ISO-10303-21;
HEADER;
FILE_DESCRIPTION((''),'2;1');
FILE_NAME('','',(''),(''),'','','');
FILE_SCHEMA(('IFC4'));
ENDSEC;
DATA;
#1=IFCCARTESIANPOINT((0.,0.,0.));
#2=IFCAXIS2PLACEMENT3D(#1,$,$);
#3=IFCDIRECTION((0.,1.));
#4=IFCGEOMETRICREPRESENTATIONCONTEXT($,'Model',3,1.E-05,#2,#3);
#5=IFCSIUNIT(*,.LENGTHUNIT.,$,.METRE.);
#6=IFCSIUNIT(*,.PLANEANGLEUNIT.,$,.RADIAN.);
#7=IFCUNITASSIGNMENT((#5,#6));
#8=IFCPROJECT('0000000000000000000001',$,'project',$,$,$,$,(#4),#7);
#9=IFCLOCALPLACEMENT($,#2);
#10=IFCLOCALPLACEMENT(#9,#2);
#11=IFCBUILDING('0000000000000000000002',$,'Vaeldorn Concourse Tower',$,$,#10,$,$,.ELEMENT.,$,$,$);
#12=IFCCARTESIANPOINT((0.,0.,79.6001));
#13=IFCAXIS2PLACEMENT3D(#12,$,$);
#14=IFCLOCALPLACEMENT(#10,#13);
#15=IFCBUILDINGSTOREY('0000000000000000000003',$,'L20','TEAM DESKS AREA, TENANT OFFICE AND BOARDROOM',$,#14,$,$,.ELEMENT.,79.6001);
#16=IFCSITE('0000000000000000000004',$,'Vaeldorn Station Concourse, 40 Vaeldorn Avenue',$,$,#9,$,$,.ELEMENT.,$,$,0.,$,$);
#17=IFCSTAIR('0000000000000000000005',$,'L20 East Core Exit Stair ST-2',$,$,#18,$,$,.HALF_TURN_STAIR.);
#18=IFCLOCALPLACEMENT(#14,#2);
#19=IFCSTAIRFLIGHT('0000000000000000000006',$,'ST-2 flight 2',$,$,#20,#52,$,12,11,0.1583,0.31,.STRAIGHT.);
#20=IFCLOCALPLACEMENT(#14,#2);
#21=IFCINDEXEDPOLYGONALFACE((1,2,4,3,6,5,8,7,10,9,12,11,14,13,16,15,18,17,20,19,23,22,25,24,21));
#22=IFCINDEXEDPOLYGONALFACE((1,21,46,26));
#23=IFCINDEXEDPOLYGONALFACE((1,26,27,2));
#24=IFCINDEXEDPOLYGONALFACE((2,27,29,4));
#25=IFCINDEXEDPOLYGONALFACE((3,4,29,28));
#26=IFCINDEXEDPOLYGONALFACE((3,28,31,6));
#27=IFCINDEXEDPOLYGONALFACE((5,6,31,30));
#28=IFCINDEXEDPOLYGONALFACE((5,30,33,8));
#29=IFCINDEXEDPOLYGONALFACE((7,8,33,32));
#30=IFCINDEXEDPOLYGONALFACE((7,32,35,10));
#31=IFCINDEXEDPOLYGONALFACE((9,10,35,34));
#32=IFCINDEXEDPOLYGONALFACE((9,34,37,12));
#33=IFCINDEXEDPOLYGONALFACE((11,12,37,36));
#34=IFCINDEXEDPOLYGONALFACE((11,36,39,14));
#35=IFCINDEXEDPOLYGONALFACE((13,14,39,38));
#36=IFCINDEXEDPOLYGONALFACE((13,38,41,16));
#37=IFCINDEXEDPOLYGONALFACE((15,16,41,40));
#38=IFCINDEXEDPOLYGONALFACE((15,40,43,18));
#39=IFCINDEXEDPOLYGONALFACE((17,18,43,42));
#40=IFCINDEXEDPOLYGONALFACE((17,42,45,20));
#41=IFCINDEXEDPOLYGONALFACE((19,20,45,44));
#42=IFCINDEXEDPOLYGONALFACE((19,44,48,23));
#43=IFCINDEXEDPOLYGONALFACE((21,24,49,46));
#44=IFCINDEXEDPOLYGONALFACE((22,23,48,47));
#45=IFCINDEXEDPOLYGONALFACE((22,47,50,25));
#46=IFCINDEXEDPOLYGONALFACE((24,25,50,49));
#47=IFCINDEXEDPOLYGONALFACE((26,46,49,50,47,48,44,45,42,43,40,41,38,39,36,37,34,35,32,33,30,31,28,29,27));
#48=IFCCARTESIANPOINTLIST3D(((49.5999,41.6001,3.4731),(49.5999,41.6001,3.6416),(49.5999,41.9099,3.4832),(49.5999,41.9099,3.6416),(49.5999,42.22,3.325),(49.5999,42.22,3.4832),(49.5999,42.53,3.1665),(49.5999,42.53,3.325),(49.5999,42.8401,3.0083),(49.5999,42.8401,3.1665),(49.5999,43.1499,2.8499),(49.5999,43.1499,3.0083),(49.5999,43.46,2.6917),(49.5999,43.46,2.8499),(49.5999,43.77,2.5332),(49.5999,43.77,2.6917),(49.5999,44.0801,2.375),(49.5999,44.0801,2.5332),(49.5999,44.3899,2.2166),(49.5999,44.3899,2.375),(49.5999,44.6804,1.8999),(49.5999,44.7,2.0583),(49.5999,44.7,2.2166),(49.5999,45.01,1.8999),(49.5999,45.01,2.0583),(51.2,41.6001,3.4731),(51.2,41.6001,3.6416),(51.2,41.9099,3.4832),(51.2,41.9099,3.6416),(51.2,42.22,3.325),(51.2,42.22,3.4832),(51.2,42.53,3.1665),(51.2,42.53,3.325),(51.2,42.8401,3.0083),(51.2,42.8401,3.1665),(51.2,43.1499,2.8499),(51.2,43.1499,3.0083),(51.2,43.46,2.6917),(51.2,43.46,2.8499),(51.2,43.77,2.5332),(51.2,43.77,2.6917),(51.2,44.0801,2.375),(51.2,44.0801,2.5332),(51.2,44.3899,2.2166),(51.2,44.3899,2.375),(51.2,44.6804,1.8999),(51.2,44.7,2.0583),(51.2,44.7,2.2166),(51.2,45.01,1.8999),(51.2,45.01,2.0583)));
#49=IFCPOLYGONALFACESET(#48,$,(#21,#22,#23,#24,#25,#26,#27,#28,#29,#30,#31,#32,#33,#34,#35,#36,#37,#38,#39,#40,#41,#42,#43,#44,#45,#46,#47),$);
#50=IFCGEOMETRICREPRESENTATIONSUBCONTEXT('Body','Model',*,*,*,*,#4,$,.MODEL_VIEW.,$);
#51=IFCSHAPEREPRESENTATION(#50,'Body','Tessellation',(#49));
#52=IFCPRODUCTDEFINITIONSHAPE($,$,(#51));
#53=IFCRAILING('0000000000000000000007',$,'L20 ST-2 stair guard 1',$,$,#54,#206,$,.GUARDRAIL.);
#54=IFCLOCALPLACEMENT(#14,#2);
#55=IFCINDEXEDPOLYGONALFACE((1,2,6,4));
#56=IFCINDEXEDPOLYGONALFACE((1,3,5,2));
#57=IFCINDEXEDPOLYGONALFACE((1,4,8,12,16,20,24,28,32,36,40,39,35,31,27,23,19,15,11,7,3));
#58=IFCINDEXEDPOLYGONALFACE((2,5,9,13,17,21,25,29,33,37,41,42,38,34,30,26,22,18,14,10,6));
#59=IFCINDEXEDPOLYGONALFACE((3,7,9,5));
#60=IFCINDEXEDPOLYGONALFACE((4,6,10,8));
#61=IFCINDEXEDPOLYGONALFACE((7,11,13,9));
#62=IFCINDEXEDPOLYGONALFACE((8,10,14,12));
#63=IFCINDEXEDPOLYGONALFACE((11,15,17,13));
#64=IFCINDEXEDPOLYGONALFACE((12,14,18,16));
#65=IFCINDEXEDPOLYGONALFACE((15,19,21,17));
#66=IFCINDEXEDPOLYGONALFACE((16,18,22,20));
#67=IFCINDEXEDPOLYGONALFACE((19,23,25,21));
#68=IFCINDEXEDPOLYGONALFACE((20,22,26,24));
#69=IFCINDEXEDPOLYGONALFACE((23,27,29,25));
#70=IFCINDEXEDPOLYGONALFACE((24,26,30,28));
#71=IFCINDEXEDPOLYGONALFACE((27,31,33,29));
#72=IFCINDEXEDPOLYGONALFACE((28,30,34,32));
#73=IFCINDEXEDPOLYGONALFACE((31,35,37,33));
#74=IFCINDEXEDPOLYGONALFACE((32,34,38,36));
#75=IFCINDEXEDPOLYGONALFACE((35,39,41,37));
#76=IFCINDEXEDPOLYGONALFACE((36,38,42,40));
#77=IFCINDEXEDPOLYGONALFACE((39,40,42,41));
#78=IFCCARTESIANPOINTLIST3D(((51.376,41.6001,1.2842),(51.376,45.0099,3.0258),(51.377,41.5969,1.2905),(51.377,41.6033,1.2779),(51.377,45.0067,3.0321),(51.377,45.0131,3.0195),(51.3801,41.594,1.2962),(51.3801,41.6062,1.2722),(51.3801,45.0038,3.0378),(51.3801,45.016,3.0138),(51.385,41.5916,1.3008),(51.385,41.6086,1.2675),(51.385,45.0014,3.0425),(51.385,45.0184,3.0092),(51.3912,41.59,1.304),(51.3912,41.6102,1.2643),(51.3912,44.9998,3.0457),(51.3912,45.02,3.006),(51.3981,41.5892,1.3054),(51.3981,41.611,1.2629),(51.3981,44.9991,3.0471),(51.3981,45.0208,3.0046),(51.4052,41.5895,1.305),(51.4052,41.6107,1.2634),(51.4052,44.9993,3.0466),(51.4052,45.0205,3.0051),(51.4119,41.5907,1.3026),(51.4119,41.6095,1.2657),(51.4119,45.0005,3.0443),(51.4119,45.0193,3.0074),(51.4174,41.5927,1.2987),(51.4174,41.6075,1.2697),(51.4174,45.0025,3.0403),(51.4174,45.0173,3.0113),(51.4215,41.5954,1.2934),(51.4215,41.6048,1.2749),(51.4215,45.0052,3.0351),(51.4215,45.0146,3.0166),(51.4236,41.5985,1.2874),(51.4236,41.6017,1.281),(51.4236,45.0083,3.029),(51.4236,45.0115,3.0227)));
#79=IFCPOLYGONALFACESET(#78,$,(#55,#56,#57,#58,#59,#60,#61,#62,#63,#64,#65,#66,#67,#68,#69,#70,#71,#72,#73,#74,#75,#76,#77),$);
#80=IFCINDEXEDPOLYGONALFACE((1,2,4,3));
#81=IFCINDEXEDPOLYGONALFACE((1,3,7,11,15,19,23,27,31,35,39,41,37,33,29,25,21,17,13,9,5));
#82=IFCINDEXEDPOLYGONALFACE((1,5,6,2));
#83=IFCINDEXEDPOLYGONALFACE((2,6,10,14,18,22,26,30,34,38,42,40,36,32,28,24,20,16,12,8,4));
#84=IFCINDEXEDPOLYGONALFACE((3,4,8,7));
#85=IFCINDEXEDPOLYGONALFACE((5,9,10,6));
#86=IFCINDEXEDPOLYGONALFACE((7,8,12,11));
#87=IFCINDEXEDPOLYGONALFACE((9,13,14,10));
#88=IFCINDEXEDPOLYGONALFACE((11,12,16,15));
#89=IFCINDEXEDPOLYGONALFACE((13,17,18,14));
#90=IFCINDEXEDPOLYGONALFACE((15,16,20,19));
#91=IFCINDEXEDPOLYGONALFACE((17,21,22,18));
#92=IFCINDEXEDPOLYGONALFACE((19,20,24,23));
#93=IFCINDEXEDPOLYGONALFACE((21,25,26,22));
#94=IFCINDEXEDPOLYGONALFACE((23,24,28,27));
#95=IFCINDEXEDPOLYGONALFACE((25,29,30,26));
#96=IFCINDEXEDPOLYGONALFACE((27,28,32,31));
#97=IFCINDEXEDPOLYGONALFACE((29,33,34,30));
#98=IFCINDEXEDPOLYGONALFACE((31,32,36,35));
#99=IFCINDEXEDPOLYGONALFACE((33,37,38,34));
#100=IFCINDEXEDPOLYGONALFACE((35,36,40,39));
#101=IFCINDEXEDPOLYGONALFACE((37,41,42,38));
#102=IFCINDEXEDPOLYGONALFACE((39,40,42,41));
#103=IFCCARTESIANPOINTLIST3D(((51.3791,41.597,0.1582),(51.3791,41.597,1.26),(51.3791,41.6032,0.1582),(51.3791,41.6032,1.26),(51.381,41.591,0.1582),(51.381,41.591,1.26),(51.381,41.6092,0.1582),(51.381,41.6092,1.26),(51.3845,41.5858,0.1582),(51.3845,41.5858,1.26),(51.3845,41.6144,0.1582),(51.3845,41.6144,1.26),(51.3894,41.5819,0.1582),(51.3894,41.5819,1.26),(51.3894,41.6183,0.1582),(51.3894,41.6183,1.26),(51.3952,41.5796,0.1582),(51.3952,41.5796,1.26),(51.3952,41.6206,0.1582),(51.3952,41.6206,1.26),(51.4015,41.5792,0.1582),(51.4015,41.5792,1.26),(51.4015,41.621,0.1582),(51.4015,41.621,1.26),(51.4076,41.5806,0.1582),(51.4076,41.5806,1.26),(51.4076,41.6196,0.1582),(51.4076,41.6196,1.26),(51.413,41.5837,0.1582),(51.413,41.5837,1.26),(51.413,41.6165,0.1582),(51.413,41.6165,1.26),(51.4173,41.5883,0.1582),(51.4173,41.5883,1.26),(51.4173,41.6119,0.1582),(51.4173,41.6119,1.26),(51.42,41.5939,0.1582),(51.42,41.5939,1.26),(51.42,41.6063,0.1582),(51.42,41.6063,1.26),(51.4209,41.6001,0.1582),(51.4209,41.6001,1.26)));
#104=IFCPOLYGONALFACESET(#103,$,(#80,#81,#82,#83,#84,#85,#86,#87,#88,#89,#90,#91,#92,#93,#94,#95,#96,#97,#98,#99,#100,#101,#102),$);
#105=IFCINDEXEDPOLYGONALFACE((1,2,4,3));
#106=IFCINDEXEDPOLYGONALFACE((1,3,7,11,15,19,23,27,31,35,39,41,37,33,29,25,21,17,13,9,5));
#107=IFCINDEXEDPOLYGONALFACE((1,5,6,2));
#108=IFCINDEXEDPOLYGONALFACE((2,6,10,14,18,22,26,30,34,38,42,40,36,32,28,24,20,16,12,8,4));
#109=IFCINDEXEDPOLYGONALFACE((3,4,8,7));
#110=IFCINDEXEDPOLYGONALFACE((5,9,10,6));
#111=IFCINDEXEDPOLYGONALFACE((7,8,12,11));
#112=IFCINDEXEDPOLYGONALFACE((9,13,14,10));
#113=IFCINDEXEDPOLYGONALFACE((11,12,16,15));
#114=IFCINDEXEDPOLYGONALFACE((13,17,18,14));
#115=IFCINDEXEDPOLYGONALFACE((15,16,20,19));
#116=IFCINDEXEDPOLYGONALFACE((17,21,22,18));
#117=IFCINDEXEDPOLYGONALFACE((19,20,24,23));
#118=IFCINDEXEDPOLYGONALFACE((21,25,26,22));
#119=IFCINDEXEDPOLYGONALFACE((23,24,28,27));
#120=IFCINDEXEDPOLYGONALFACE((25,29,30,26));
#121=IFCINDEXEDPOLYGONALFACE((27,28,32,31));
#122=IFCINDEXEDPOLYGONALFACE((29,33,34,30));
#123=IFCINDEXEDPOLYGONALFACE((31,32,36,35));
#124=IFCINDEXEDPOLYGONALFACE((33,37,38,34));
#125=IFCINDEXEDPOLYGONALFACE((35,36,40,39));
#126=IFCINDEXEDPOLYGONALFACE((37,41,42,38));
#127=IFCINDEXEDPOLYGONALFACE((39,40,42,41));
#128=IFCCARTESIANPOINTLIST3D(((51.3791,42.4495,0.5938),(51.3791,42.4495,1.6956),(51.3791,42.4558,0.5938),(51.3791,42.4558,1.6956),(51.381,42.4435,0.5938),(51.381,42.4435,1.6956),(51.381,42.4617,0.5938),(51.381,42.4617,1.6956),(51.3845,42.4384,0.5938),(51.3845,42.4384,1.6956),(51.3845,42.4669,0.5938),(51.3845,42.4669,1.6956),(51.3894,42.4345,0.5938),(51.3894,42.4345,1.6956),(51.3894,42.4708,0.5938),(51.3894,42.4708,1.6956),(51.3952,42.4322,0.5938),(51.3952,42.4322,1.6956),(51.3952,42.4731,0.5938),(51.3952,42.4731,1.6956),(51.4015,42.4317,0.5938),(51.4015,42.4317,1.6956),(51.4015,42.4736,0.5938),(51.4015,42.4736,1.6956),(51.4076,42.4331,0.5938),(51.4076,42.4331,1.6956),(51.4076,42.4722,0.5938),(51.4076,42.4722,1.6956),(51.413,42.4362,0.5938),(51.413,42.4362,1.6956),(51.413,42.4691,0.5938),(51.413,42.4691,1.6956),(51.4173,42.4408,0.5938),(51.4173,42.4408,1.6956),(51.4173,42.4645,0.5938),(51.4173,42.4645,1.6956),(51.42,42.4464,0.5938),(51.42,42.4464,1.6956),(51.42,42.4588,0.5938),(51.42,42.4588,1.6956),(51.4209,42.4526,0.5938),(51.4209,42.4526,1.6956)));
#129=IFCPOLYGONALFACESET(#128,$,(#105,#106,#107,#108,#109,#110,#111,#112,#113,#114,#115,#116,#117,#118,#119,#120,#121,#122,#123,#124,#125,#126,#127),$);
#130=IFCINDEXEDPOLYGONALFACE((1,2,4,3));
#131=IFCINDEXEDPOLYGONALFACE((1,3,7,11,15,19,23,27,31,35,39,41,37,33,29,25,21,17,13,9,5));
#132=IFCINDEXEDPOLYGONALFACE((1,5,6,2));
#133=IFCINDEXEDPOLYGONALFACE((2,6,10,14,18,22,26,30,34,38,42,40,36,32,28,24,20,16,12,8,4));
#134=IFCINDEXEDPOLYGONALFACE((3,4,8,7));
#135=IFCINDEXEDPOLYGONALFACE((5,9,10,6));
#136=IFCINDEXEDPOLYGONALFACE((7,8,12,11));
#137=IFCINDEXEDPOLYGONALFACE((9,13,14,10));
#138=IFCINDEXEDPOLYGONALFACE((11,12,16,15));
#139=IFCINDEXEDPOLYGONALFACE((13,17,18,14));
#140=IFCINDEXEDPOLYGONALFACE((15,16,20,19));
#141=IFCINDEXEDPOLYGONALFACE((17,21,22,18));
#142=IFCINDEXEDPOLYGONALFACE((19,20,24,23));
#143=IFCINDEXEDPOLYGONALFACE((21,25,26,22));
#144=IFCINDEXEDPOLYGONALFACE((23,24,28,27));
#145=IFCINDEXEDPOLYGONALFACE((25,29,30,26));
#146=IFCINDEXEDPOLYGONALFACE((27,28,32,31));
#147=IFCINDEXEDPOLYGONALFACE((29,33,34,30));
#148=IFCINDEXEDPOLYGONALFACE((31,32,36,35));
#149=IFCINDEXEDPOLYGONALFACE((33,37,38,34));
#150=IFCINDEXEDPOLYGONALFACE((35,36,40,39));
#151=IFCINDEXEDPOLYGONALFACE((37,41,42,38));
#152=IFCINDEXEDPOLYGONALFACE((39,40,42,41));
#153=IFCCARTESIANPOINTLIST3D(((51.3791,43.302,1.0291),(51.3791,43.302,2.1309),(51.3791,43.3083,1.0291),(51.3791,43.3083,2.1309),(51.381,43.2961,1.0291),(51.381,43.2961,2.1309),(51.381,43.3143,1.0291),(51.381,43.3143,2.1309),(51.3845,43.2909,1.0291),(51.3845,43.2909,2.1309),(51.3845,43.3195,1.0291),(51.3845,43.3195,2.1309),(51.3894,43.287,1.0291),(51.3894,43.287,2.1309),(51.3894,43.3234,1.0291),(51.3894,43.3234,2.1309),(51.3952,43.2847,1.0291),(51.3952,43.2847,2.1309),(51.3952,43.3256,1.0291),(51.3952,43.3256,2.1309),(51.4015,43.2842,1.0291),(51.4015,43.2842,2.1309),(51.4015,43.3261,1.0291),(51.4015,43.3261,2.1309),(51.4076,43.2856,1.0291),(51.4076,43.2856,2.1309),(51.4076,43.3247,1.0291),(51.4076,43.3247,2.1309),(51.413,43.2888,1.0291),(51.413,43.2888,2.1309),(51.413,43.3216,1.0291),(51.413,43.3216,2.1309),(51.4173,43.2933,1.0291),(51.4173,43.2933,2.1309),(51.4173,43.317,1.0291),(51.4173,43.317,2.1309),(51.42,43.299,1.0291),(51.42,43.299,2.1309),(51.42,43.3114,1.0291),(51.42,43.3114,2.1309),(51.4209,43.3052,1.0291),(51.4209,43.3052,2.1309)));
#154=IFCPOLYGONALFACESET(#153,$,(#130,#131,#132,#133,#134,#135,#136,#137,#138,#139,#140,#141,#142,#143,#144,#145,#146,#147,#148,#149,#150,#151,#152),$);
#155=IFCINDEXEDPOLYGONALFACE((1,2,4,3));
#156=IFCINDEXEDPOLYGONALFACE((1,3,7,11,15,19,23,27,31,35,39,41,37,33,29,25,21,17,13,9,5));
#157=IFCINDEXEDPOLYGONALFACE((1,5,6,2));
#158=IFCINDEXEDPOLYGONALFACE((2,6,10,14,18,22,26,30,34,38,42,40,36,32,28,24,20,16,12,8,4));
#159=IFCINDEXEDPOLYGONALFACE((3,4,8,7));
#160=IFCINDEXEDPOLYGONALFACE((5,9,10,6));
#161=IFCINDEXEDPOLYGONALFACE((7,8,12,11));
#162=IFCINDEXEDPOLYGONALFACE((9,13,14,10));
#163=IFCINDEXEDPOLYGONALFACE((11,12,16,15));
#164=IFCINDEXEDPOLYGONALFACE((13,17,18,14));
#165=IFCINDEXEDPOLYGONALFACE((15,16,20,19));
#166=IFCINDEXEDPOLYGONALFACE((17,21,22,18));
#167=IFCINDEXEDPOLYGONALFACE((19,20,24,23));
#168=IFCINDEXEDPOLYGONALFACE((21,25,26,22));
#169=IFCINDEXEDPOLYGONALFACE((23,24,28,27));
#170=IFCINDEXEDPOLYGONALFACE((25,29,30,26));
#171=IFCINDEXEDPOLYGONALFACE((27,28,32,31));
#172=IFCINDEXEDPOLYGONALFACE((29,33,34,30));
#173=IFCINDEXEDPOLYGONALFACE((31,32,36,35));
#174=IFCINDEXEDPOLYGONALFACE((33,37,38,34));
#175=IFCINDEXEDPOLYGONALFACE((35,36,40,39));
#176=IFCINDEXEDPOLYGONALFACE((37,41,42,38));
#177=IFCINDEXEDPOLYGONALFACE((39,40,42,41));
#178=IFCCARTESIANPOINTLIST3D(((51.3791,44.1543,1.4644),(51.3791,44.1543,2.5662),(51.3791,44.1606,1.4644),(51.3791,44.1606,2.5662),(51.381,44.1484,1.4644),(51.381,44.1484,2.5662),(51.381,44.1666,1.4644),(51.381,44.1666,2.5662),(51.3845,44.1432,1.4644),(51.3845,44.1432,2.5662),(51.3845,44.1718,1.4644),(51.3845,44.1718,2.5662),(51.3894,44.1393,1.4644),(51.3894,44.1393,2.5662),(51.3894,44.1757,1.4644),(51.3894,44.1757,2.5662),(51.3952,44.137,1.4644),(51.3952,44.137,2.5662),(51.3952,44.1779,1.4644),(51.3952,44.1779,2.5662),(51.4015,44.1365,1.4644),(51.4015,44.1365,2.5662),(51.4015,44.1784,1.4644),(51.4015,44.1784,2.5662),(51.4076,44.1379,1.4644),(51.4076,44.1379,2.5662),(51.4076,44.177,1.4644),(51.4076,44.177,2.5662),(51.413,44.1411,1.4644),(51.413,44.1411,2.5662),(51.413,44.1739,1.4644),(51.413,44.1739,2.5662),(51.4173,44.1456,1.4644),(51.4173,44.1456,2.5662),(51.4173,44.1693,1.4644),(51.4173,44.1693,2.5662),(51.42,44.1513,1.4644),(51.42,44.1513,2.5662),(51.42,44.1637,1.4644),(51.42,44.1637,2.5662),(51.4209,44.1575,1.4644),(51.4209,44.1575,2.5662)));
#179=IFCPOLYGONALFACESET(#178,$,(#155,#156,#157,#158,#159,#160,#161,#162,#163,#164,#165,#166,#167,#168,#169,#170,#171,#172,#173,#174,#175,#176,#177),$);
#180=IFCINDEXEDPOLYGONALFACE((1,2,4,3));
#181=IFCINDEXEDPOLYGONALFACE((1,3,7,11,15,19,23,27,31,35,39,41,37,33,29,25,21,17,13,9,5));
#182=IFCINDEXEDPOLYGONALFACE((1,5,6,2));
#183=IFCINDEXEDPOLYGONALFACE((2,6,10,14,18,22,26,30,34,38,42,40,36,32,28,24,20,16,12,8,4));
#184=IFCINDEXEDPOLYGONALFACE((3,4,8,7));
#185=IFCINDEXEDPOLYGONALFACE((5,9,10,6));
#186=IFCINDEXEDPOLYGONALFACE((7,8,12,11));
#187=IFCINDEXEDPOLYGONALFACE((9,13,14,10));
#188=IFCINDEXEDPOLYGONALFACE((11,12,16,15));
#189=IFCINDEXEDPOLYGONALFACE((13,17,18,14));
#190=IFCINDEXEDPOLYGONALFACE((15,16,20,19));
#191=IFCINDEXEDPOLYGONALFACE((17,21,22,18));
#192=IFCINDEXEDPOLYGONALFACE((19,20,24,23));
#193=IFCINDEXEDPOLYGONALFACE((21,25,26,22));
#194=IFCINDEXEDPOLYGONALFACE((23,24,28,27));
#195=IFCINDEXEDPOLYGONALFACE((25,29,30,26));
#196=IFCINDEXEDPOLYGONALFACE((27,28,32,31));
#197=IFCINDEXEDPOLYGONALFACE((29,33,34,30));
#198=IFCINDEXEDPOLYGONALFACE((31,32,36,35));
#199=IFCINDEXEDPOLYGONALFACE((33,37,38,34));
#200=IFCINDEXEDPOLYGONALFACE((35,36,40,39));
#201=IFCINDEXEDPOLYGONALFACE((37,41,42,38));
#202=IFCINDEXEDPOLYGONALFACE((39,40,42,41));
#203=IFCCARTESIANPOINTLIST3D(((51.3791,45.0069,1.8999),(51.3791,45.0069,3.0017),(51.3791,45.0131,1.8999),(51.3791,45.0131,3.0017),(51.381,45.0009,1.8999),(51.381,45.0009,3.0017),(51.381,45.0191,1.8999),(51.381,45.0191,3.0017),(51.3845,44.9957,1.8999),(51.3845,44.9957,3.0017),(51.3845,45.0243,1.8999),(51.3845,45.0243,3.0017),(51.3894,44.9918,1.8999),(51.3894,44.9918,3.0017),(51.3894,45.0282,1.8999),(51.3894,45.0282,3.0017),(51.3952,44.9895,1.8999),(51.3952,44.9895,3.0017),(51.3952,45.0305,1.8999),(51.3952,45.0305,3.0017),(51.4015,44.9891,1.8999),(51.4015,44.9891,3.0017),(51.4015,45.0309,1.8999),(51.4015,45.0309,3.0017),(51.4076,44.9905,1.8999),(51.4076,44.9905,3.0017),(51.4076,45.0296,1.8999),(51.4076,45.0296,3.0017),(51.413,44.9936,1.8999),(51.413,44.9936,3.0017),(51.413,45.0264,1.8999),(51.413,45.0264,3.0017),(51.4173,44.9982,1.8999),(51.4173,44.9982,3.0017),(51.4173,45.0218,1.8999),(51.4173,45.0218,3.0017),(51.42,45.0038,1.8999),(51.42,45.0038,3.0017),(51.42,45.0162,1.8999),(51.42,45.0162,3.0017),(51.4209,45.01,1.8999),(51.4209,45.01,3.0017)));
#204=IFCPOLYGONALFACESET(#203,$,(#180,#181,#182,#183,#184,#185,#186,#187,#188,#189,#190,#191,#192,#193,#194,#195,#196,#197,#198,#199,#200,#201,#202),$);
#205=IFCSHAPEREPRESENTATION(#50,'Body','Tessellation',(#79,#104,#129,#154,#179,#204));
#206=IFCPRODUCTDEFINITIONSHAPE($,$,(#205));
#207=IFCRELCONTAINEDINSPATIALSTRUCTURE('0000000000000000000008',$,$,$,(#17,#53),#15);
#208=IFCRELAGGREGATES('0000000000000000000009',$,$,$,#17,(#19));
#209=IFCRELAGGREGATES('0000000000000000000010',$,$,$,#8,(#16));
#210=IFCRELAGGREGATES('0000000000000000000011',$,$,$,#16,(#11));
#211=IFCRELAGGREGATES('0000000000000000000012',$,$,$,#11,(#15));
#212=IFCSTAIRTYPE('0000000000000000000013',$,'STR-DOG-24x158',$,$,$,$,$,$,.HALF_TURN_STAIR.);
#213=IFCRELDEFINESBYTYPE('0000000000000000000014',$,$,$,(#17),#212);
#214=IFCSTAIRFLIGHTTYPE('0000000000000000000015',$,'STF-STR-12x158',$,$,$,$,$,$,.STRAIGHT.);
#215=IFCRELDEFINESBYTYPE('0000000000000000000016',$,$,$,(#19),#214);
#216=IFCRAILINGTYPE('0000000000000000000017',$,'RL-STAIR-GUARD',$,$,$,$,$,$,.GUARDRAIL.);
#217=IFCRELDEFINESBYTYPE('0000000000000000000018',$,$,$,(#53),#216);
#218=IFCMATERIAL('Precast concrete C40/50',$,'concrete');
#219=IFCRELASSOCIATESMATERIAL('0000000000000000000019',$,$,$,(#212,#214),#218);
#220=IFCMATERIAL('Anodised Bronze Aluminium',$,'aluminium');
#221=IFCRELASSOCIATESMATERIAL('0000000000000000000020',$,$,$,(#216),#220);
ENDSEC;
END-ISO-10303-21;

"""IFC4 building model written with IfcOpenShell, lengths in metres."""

from ifc_helpers import new_model, si_unit, direction, frame, origin, origin_2d, place, context, subcontext, project, spatial, polyline, circle, outline, extrude, material, type_object, element, aggregate, save


model = new_model("IFC4")

# Units and contexts
model_context = context("Model", 3, precision=1e-05, world=origin(), true_north=direction((0.0, 1.0)))
body_context = subcontext(model_context, "Body", "Model", "MODEL_VIEW")
ifc_project = project(units=[si_unit("LENGTHUNIT", "METRE"), si_unit("PLANEANGLEUNIT", "RADIAN")], contexts=[model_context])

# Site, building, storey
site_placement = place(None, origin())
site = spatial("IfcSite", under=ifc_project, at=site_placement, Name="Vaeldorn Station Concourse, 40 Vaeldorn Avenue", CompositionType="ELEMENT", RefElevation=0.0)
building_placement = place(site_placement, origin())
building = spatial("IfcBuilding", under=site, at=building_placement, Name="Vaeldorn Concourse Tower", CompositionType="ELEMENT")
storey_placement = place(building_placement, frame((0.0, 0.0, 79.6001)))
storey = spatial("IfcBuildingStorey", under=building, at=storey_placement, Name="L20", Description="TEAM DESKS AREA, TENANT OFFICE AND BOARDROOM", CompositionType="ELEMENT", Elevation=79.6001)

# Shared definitions
ifc_material_1 = material(Name="Anodised Bronze Aluminium", Category="aluminium")

# Stair, stair flight
ifc_material_2 = material(Name="Precast concrete C40/50", Category="concrete")
stair_type = type_object("IfcStairType", Name="STR-DOG-24x158", PredefinedType="HALF_TURN_STAIR", material=ifc_material_2)
stair_placement = place(storey_placement, origin())
stair = element("IfcStair", 1, at=stair_placement, inside=storey, type_object=stair_type, Name="L20 East Core Exit Stair ST-2", PredefinedType="HALF_TURN_STAIR")
stair_flight_type = type_object("IfcStairFlightType", Name="STF-STR-12x158", PredefinedType="STRAIGHT", material=ifc_material_2)
stair_flight_1_placement = place(storey_placement, frame((50.3999, 45.01, 1.8999), z_axis=(0.0, 0.0, 1.0), x_axis=(0.0, -1.0, 0.0)))
stair_flight_1 = element("IfcStairFlight", 2, at=stair_flight_1_placement, type_object=stair_flight_type, Name="ST-2 flight 2", NumberOfRisers=12, NumberOfTreads=11, PredefinedType="STRAIGHT", RiserHeight=0.1583, TreadLength=0.31, context=body_context, shape_type="SweptSolid", body=[
    extrude(outline(polyline([(0.0, 0.0), (0.0, 0.1584), (0.3101, 0.1584), (0.3101, 0.3167), (0.6201, 0.3167), (0.6201, 0.4751), (0.9299, 0.4751), (0.9299, 0.6333), (1.24, 0.6333), (1.24, 0.7917), (1.55, 0.7917), (1.55, 0.95), (1.8601, 0.95), (1.8601, 1.1084), (2.1699, 1.1084), (2.1699, 1.2666), (2.48, 1.2666), (2.48, 1.425), (2.79, 1.425), (2.79, 1.5833), (3.1001, 1.5833), (3.1001, 1.7417), (3.4099, 1.7417), (3.4099, 1.8999), (3.4099, 1.5732), (0.3296, 0.0), (0.0, 0.0)])), frame((0.0, 0.8, 0.0), z_axis=(0.0, -1.0, 0.0), x_axis=(1.0, 0.0, 0.0)), (0.0, 0.0, 1.0), 1.6001),
])
aggregate(stair, [stair_flight_1])

# Railing
railing_type_1 = type_object("IfcRailingType", Name="RL-STAIR-GUARD", PredefinedType="GUARDRAIL", material=ifc_material_1)
railing_1_placement = place(storey_placement, frame((51.3999, 41.6001, 0.1582)))
element("IfcRailing", 3, at=railing_1_placement, inside=storey, type_object=railing_type_1, Name="L20 ST-2 stair guard 1", PredefinedType="GUARDRAIL", context=body_context, shape_type="SweptSolid", body=[
    extrude(circle(Radius=0.0239, at=origin_2d()), frame((0.0, 0.0, 1.126), z_axis=(0.0, 0.890556, 0.454874), x_axis=(-1.0, 0.0, 0.0)), (0.0, 0.0, 1.0), 3.8289),
    extrude(circle(Radius=0.021, at=origin_2d()), origin(), (0.0, 0.0, 1.0), 1.1018),
    extrude(circle(Radius=0.021, at=origin_2d()), frame((0.0, 0.8525, 0.4355)), (0.0, 0.0, 1.0), 1.1018),
    extrude(circle(Radius=0.021, at=origin_2d()), frame((0.0, 1.7051, 0.8708)), (0.0, 0.0, 1.0), 1.1018),
    extrude(circle(Radius=0.021, at=origin_2d()), frame((0.0, 2.5574, 1.3062)), (0.0, 0.0, 1.0), 1.1018),
    extrude(circle(Radius=0.021, at=origin_2d()), frame((0.0, 3.4099, 1.7417)), (0.0, 0.0, 1.0), 1.1018),
])

save(model, "model.ifc")
